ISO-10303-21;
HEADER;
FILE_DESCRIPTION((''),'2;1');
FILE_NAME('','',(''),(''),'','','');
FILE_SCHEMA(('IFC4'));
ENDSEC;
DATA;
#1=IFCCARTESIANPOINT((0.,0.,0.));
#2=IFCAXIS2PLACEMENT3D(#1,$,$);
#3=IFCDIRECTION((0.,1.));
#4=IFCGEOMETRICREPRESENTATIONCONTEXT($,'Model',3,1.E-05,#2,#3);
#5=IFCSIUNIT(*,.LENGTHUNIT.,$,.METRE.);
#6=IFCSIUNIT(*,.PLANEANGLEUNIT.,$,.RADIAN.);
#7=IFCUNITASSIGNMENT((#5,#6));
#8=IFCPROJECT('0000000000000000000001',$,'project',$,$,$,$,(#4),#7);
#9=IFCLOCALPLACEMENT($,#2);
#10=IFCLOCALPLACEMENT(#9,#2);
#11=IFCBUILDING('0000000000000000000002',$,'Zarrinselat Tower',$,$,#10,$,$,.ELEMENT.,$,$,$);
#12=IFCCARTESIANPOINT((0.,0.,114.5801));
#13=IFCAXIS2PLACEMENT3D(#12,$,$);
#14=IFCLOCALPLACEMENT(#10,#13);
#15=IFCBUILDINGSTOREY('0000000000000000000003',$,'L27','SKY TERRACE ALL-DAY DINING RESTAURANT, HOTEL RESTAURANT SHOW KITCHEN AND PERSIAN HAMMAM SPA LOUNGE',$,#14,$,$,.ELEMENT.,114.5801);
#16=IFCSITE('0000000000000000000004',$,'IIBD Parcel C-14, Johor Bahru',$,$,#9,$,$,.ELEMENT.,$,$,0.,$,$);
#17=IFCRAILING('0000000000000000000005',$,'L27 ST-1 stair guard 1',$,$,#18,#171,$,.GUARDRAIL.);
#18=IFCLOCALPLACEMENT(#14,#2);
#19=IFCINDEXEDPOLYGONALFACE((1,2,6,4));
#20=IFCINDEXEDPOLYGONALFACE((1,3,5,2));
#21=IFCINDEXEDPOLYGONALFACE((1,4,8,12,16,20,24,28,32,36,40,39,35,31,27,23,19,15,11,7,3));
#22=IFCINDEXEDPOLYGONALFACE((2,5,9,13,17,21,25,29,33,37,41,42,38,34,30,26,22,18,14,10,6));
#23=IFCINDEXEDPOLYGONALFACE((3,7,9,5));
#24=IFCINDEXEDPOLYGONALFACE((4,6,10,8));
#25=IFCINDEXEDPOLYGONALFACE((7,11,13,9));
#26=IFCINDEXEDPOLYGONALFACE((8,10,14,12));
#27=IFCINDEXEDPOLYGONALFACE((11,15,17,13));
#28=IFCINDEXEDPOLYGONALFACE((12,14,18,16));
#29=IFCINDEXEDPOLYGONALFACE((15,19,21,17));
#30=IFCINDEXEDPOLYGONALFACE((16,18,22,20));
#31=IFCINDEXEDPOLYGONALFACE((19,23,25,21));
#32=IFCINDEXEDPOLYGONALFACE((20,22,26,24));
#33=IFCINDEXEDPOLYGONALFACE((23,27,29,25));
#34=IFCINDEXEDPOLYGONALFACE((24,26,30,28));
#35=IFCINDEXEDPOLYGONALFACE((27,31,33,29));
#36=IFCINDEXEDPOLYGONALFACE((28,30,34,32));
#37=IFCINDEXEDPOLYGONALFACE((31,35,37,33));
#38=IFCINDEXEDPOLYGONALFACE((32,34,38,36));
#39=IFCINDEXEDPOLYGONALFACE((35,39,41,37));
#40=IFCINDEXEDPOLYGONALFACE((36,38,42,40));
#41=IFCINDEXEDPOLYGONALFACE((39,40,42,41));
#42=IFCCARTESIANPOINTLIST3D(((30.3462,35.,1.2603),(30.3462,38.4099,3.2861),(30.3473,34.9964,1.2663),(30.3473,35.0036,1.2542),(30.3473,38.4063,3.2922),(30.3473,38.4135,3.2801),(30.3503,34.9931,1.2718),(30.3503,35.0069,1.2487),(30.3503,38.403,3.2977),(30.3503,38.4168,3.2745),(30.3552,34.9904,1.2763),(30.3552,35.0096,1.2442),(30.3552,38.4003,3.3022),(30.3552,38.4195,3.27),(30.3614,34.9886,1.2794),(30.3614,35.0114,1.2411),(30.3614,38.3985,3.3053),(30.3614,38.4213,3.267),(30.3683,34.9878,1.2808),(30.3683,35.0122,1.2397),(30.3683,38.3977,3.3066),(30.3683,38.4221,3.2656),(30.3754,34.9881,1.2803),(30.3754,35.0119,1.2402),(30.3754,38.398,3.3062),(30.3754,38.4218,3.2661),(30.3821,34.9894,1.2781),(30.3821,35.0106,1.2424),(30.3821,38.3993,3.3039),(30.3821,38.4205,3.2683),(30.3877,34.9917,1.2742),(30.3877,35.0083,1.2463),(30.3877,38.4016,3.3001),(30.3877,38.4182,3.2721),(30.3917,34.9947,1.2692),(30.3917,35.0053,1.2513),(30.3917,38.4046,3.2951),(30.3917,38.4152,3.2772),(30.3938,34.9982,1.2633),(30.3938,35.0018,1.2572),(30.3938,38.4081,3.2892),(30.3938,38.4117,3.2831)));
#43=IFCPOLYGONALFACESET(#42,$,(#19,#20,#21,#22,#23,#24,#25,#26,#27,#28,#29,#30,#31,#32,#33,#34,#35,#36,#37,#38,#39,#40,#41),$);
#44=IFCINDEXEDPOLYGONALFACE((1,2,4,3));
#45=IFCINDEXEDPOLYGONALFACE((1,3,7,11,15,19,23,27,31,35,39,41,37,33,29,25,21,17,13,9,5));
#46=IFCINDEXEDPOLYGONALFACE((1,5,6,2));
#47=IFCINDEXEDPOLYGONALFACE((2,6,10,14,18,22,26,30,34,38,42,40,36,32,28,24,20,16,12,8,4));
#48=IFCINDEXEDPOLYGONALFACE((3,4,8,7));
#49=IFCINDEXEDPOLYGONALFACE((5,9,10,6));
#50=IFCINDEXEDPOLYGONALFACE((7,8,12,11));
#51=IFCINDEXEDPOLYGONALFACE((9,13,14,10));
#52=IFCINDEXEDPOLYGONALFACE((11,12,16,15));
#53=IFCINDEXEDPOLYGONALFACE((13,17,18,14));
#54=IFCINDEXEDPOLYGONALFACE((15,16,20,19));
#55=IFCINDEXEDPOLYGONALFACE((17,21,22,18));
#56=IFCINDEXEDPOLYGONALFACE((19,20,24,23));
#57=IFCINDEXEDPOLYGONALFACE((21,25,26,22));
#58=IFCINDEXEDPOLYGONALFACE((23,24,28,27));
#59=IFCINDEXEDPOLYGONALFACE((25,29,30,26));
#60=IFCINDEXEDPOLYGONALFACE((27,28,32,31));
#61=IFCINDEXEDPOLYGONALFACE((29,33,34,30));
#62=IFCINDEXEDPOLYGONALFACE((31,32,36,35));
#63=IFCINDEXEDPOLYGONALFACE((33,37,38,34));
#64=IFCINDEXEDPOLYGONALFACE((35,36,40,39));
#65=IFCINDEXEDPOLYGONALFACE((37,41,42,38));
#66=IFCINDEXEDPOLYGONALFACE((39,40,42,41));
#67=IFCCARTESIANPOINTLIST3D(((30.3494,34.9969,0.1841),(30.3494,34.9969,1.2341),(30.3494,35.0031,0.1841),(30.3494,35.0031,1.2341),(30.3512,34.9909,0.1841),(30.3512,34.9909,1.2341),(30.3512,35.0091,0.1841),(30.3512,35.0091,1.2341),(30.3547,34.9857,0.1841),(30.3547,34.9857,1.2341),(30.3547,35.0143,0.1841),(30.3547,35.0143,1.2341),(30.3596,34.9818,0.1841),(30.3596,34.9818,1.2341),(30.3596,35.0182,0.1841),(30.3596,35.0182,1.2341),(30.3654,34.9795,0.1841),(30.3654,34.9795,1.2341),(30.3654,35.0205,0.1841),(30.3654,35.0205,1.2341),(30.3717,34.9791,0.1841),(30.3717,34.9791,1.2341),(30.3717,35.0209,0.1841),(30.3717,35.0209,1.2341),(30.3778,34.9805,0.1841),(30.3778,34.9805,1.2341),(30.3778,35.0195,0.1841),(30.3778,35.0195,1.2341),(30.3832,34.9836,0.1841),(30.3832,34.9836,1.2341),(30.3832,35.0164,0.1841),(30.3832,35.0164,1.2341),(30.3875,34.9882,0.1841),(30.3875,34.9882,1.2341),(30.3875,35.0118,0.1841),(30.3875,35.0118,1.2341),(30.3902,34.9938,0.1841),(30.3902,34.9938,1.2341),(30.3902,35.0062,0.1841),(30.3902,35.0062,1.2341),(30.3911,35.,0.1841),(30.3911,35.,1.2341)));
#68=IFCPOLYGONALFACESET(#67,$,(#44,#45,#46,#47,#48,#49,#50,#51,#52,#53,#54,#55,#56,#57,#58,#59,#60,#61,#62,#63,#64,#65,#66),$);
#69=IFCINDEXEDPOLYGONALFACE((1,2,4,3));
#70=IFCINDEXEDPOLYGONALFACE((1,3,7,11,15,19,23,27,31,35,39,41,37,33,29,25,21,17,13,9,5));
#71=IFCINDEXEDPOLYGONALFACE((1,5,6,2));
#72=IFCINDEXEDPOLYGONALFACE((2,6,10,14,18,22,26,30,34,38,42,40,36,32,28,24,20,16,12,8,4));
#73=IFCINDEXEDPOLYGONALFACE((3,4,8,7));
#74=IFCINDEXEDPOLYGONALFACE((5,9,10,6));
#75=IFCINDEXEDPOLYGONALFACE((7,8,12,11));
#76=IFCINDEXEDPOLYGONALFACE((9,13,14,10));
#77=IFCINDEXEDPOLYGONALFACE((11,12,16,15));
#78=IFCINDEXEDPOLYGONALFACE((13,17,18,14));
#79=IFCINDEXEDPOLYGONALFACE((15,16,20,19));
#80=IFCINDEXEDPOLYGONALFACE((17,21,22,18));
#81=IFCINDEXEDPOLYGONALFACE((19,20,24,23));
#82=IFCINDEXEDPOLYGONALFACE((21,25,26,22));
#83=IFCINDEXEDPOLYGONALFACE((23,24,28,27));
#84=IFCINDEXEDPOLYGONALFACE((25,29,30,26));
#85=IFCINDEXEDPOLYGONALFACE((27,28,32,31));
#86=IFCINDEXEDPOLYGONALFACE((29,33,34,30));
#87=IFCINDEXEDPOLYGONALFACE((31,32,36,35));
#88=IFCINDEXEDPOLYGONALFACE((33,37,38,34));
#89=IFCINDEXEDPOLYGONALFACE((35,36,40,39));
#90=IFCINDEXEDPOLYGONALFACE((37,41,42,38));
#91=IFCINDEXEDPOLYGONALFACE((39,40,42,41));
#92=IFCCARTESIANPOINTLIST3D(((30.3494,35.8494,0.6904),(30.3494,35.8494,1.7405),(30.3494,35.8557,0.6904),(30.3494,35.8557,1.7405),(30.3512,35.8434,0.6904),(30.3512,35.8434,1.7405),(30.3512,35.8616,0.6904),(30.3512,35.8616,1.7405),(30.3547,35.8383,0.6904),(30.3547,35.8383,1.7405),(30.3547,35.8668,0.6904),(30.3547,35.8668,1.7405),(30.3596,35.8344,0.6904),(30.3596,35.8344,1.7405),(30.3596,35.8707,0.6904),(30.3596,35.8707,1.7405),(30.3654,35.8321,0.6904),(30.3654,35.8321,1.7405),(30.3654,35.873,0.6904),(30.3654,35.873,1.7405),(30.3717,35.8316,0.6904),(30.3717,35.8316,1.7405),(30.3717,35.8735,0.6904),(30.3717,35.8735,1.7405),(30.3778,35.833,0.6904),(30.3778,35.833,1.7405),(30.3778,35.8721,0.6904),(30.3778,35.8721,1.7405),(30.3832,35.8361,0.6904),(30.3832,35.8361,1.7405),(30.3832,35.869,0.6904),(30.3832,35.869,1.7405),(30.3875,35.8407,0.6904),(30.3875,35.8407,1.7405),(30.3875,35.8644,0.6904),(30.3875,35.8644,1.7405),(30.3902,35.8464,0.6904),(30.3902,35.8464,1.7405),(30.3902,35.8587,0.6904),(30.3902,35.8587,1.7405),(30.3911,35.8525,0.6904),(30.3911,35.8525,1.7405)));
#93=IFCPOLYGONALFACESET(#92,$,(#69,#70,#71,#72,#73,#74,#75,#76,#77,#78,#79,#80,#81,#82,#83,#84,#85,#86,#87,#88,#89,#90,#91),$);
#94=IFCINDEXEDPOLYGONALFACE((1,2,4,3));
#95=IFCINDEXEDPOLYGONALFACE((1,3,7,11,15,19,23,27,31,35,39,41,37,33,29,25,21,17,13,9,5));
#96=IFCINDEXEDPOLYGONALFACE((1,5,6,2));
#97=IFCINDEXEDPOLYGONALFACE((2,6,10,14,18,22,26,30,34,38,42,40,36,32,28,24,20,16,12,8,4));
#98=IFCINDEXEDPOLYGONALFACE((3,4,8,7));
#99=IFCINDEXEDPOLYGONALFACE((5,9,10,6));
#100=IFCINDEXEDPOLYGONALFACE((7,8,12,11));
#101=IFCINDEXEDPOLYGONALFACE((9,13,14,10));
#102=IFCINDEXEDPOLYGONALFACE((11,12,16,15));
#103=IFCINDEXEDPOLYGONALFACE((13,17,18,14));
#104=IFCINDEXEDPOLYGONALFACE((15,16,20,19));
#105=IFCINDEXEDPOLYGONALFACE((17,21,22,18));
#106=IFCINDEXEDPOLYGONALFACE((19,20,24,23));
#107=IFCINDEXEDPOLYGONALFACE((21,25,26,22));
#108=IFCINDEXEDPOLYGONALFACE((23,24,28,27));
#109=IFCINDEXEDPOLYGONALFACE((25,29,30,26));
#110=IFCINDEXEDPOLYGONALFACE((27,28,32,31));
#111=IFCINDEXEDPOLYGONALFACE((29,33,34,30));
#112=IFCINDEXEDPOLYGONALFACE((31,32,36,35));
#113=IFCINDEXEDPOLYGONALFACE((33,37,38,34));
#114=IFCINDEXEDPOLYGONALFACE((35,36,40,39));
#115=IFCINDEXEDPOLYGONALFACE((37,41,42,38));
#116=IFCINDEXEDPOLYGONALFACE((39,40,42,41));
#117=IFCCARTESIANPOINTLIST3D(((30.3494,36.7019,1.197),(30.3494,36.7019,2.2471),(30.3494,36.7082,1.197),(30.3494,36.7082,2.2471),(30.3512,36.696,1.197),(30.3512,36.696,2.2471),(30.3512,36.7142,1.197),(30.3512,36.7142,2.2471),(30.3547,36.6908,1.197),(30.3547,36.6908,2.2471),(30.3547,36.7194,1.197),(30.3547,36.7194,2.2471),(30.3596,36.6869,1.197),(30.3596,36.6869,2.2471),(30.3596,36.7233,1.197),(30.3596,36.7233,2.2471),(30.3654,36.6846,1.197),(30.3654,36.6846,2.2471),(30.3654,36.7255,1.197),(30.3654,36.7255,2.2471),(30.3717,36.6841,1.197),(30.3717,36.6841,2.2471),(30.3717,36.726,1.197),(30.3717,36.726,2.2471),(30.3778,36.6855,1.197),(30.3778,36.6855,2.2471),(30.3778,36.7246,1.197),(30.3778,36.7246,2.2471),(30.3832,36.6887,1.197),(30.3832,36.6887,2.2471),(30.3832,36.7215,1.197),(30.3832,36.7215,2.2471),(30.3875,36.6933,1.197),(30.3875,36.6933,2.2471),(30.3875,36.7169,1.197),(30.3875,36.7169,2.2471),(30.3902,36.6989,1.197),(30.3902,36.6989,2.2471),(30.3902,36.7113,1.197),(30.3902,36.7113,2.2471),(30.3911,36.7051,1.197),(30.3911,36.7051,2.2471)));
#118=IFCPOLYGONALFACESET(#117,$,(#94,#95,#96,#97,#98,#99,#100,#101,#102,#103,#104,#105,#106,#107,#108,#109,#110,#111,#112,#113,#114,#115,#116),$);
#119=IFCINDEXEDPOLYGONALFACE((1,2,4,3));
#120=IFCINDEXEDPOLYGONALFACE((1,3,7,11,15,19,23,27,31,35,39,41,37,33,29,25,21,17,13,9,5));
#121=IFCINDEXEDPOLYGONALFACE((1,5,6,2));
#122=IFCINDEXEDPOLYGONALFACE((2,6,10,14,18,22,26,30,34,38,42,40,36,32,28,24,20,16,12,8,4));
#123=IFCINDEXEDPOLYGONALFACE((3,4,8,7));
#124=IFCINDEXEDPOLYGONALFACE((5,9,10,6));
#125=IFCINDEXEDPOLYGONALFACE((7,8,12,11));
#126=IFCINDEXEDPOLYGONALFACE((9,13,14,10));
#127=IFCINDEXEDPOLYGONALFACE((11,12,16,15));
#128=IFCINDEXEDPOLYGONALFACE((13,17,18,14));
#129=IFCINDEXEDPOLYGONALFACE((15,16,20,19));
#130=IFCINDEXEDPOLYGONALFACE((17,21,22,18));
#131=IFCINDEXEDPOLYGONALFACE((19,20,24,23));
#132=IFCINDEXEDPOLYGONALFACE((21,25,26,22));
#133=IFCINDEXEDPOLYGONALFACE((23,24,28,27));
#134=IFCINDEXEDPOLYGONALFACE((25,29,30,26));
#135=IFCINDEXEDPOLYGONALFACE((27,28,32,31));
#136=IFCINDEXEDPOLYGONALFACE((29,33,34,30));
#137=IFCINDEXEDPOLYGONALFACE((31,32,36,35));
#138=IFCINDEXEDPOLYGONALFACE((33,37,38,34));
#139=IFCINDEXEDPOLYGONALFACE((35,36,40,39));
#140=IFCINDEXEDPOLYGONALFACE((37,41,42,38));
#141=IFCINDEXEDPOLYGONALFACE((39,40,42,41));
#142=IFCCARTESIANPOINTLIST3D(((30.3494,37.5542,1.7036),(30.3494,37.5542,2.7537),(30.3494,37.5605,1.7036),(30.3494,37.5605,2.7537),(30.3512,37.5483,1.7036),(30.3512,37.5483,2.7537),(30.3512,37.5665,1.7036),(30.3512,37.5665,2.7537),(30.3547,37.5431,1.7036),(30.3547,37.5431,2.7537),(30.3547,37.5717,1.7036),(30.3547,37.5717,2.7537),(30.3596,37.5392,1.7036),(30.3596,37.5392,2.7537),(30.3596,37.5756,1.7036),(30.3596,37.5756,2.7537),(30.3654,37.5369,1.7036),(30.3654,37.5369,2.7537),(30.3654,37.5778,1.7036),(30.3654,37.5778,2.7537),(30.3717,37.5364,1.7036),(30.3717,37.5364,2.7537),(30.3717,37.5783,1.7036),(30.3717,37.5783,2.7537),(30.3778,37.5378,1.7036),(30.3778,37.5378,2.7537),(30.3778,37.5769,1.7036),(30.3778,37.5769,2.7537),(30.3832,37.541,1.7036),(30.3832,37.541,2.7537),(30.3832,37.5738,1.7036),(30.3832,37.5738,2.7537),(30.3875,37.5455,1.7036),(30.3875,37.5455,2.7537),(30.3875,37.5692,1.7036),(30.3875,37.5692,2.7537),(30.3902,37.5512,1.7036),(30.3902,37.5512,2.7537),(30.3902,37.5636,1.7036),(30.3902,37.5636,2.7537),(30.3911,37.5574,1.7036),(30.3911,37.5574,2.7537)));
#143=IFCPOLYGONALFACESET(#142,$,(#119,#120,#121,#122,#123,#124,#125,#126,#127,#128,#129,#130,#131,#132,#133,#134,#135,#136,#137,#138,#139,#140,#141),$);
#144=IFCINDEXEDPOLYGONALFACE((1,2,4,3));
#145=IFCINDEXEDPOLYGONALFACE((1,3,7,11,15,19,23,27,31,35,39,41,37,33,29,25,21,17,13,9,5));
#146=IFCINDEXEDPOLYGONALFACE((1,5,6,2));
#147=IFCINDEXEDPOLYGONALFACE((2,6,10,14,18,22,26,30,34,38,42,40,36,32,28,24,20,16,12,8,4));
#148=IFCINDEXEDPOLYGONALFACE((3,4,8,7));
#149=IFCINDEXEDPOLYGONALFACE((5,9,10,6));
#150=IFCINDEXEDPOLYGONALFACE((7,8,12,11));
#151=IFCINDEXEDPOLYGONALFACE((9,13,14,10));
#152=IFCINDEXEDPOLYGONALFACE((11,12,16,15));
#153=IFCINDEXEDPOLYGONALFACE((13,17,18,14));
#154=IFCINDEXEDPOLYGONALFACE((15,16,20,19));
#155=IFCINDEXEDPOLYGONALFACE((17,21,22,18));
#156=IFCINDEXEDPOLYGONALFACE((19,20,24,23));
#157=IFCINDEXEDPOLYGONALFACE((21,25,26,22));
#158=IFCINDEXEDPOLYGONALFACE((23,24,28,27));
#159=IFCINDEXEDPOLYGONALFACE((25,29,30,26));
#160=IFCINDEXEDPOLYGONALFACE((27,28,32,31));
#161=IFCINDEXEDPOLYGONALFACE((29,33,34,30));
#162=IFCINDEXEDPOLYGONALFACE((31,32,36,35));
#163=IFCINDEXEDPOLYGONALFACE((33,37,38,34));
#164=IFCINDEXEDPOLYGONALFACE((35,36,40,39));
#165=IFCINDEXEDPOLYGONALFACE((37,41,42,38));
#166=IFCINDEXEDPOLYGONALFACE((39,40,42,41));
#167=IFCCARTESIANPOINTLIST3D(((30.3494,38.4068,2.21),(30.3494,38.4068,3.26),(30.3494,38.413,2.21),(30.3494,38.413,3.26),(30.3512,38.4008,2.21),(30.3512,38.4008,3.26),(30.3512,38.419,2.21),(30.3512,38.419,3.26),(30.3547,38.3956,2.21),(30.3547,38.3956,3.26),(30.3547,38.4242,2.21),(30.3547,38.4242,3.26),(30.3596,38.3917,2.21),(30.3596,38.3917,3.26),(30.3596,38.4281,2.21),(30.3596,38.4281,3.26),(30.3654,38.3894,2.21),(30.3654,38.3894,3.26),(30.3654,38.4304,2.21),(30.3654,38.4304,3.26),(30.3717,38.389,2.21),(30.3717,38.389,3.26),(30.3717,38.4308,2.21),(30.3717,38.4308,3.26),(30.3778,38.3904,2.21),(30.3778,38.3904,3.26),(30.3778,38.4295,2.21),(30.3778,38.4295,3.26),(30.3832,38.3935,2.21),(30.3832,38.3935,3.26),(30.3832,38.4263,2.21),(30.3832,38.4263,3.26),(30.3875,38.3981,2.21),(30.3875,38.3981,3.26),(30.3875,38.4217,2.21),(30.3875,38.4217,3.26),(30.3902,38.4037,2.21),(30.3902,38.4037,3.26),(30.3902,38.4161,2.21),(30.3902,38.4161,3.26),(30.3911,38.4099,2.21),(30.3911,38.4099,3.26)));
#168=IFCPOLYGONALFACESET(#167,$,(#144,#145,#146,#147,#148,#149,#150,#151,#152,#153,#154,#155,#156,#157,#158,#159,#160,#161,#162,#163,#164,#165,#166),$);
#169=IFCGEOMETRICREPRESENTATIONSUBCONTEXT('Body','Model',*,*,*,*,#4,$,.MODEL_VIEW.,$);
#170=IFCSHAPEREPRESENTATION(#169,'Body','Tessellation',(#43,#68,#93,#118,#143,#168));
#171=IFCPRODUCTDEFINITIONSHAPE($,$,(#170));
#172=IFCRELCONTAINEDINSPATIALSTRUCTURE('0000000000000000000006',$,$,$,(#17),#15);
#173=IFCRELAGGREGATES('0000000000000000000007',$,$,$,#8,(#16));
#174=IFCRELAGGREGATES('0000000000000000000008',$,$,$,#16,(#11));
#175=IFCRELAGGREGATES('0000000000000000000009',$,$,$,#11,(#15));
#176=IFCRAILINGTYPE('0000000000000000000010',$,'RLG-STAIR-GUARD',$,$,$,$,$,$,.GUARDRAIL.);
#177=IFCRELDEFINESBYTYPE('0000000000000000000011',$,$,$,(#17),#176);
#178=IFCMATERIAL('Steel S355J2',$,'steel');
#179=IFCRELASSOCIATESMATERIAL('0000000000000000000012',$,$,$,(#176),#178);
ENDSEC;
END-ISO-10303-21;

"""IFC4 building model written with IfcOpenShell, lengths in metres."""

from ifc_helpers import new_model, si_unit, direction, frame, origin, origin_2d, place, context, subcontext, project, spatial, circle, extrude, material, type_object, element, save


model = new_model("IFC4")

# Units and contexts
model_context = context("Model", 3, precision=1e-05, world=origin(), true_north=direction((0.0, 1.0)))
body_context = subcontext(model_context, "Body", "Model", "MODEL_VIEW")
ifc_project = project(units=[si_unit("LENGTHUNIT", "METRE"), si_unit("PLANEANGLEUNIT", "RADIAN")], contexts=[model_context])

# Site, building, storey
site_placement = place(None, origin())
site = spatial("IfcSite", under=ifc_project, at=site_placement, Name="IIBD Parcel C-14, Johor Bahru", CompositionType="ELEMENT", RefElevation=0.0)
building_placement = place(site_placement, origin())
building = spatial("IfcBuilding", under=site, at=building_placement, Name="Zarrinselat Tower", CompositionType="ELEMENT")
storey_placement = place(building_placement, frame((0.0, 0.0, 114.5801)))
storey = spatial("IfcBuildingStorey", under=building, at=storey_placement, Name="L27", Description="SKY TERRACE ALL-DAY DINING RESTAURANT, HOTEL RESTAURANT SHOW KITCHEN AND PERSIAN HAMMAM SPA LOUNGE", CompositionType="ELEMENT", Elevation=114.5801)

# Railing
ifc_material_1 = material(Name="Steel S355J2", Category="steel")
railing_type_1 = type_object("IfcRailingType", Name="RLG-STAIR-GUARD", PredefinedType="GUARDRAIL", material=ifc_material_1)
railing_1_placement = place(storey_placement, frame((30.3701, 35.0, 0.1841)))
element("IfcRailing", 1, at=railing_1_placement, inside=storey, type_object=railing_type_1, Name="L27 ST-1 stair guard 1", PredefinedType="GUARDRAIL", context=body_context, shape_type="SweptSolid", body=[
    extrude(circle(Radius=0.0239, at=origin_2d()), frame((0.0, 0.0, 1.0762), z_axis=(0.0, 0.859717, 0.510771), x_axis=(-1.0, 0.0, 0.0)), (0.0, 0.0, 1.0), 3.9663),
    extrude(circle(Radius=0.021, at=origin_2d()), origin(), (0.0, 0.0, 1.0), 1.05),
    extrude(circle(Radius=0.021, at=origin_2d()), frame((0.0, 0.8525, 0.5063)), (0.0, 0.0, 1.0), 1.05),
    extrude(circle(Radius=0.021, at=origin_2d()), frame((0.0, 1.7051, 1.0129)), (0.0, 0.0, 1.0), 1.05),
    extrude(circle(Radius=0.021, at=origin_2d()), frame((0.0, 2.5574, 1.5195)), (0.0, 0.0, 1.0), 1.05),
    extrude(circle(Radius=0.021, at=origin_2d()), frame((0.0, 3.4099, 2.0259)), (0.0, 0.0, 1.0), 1.05),
])

save(model, "model.ifc")
